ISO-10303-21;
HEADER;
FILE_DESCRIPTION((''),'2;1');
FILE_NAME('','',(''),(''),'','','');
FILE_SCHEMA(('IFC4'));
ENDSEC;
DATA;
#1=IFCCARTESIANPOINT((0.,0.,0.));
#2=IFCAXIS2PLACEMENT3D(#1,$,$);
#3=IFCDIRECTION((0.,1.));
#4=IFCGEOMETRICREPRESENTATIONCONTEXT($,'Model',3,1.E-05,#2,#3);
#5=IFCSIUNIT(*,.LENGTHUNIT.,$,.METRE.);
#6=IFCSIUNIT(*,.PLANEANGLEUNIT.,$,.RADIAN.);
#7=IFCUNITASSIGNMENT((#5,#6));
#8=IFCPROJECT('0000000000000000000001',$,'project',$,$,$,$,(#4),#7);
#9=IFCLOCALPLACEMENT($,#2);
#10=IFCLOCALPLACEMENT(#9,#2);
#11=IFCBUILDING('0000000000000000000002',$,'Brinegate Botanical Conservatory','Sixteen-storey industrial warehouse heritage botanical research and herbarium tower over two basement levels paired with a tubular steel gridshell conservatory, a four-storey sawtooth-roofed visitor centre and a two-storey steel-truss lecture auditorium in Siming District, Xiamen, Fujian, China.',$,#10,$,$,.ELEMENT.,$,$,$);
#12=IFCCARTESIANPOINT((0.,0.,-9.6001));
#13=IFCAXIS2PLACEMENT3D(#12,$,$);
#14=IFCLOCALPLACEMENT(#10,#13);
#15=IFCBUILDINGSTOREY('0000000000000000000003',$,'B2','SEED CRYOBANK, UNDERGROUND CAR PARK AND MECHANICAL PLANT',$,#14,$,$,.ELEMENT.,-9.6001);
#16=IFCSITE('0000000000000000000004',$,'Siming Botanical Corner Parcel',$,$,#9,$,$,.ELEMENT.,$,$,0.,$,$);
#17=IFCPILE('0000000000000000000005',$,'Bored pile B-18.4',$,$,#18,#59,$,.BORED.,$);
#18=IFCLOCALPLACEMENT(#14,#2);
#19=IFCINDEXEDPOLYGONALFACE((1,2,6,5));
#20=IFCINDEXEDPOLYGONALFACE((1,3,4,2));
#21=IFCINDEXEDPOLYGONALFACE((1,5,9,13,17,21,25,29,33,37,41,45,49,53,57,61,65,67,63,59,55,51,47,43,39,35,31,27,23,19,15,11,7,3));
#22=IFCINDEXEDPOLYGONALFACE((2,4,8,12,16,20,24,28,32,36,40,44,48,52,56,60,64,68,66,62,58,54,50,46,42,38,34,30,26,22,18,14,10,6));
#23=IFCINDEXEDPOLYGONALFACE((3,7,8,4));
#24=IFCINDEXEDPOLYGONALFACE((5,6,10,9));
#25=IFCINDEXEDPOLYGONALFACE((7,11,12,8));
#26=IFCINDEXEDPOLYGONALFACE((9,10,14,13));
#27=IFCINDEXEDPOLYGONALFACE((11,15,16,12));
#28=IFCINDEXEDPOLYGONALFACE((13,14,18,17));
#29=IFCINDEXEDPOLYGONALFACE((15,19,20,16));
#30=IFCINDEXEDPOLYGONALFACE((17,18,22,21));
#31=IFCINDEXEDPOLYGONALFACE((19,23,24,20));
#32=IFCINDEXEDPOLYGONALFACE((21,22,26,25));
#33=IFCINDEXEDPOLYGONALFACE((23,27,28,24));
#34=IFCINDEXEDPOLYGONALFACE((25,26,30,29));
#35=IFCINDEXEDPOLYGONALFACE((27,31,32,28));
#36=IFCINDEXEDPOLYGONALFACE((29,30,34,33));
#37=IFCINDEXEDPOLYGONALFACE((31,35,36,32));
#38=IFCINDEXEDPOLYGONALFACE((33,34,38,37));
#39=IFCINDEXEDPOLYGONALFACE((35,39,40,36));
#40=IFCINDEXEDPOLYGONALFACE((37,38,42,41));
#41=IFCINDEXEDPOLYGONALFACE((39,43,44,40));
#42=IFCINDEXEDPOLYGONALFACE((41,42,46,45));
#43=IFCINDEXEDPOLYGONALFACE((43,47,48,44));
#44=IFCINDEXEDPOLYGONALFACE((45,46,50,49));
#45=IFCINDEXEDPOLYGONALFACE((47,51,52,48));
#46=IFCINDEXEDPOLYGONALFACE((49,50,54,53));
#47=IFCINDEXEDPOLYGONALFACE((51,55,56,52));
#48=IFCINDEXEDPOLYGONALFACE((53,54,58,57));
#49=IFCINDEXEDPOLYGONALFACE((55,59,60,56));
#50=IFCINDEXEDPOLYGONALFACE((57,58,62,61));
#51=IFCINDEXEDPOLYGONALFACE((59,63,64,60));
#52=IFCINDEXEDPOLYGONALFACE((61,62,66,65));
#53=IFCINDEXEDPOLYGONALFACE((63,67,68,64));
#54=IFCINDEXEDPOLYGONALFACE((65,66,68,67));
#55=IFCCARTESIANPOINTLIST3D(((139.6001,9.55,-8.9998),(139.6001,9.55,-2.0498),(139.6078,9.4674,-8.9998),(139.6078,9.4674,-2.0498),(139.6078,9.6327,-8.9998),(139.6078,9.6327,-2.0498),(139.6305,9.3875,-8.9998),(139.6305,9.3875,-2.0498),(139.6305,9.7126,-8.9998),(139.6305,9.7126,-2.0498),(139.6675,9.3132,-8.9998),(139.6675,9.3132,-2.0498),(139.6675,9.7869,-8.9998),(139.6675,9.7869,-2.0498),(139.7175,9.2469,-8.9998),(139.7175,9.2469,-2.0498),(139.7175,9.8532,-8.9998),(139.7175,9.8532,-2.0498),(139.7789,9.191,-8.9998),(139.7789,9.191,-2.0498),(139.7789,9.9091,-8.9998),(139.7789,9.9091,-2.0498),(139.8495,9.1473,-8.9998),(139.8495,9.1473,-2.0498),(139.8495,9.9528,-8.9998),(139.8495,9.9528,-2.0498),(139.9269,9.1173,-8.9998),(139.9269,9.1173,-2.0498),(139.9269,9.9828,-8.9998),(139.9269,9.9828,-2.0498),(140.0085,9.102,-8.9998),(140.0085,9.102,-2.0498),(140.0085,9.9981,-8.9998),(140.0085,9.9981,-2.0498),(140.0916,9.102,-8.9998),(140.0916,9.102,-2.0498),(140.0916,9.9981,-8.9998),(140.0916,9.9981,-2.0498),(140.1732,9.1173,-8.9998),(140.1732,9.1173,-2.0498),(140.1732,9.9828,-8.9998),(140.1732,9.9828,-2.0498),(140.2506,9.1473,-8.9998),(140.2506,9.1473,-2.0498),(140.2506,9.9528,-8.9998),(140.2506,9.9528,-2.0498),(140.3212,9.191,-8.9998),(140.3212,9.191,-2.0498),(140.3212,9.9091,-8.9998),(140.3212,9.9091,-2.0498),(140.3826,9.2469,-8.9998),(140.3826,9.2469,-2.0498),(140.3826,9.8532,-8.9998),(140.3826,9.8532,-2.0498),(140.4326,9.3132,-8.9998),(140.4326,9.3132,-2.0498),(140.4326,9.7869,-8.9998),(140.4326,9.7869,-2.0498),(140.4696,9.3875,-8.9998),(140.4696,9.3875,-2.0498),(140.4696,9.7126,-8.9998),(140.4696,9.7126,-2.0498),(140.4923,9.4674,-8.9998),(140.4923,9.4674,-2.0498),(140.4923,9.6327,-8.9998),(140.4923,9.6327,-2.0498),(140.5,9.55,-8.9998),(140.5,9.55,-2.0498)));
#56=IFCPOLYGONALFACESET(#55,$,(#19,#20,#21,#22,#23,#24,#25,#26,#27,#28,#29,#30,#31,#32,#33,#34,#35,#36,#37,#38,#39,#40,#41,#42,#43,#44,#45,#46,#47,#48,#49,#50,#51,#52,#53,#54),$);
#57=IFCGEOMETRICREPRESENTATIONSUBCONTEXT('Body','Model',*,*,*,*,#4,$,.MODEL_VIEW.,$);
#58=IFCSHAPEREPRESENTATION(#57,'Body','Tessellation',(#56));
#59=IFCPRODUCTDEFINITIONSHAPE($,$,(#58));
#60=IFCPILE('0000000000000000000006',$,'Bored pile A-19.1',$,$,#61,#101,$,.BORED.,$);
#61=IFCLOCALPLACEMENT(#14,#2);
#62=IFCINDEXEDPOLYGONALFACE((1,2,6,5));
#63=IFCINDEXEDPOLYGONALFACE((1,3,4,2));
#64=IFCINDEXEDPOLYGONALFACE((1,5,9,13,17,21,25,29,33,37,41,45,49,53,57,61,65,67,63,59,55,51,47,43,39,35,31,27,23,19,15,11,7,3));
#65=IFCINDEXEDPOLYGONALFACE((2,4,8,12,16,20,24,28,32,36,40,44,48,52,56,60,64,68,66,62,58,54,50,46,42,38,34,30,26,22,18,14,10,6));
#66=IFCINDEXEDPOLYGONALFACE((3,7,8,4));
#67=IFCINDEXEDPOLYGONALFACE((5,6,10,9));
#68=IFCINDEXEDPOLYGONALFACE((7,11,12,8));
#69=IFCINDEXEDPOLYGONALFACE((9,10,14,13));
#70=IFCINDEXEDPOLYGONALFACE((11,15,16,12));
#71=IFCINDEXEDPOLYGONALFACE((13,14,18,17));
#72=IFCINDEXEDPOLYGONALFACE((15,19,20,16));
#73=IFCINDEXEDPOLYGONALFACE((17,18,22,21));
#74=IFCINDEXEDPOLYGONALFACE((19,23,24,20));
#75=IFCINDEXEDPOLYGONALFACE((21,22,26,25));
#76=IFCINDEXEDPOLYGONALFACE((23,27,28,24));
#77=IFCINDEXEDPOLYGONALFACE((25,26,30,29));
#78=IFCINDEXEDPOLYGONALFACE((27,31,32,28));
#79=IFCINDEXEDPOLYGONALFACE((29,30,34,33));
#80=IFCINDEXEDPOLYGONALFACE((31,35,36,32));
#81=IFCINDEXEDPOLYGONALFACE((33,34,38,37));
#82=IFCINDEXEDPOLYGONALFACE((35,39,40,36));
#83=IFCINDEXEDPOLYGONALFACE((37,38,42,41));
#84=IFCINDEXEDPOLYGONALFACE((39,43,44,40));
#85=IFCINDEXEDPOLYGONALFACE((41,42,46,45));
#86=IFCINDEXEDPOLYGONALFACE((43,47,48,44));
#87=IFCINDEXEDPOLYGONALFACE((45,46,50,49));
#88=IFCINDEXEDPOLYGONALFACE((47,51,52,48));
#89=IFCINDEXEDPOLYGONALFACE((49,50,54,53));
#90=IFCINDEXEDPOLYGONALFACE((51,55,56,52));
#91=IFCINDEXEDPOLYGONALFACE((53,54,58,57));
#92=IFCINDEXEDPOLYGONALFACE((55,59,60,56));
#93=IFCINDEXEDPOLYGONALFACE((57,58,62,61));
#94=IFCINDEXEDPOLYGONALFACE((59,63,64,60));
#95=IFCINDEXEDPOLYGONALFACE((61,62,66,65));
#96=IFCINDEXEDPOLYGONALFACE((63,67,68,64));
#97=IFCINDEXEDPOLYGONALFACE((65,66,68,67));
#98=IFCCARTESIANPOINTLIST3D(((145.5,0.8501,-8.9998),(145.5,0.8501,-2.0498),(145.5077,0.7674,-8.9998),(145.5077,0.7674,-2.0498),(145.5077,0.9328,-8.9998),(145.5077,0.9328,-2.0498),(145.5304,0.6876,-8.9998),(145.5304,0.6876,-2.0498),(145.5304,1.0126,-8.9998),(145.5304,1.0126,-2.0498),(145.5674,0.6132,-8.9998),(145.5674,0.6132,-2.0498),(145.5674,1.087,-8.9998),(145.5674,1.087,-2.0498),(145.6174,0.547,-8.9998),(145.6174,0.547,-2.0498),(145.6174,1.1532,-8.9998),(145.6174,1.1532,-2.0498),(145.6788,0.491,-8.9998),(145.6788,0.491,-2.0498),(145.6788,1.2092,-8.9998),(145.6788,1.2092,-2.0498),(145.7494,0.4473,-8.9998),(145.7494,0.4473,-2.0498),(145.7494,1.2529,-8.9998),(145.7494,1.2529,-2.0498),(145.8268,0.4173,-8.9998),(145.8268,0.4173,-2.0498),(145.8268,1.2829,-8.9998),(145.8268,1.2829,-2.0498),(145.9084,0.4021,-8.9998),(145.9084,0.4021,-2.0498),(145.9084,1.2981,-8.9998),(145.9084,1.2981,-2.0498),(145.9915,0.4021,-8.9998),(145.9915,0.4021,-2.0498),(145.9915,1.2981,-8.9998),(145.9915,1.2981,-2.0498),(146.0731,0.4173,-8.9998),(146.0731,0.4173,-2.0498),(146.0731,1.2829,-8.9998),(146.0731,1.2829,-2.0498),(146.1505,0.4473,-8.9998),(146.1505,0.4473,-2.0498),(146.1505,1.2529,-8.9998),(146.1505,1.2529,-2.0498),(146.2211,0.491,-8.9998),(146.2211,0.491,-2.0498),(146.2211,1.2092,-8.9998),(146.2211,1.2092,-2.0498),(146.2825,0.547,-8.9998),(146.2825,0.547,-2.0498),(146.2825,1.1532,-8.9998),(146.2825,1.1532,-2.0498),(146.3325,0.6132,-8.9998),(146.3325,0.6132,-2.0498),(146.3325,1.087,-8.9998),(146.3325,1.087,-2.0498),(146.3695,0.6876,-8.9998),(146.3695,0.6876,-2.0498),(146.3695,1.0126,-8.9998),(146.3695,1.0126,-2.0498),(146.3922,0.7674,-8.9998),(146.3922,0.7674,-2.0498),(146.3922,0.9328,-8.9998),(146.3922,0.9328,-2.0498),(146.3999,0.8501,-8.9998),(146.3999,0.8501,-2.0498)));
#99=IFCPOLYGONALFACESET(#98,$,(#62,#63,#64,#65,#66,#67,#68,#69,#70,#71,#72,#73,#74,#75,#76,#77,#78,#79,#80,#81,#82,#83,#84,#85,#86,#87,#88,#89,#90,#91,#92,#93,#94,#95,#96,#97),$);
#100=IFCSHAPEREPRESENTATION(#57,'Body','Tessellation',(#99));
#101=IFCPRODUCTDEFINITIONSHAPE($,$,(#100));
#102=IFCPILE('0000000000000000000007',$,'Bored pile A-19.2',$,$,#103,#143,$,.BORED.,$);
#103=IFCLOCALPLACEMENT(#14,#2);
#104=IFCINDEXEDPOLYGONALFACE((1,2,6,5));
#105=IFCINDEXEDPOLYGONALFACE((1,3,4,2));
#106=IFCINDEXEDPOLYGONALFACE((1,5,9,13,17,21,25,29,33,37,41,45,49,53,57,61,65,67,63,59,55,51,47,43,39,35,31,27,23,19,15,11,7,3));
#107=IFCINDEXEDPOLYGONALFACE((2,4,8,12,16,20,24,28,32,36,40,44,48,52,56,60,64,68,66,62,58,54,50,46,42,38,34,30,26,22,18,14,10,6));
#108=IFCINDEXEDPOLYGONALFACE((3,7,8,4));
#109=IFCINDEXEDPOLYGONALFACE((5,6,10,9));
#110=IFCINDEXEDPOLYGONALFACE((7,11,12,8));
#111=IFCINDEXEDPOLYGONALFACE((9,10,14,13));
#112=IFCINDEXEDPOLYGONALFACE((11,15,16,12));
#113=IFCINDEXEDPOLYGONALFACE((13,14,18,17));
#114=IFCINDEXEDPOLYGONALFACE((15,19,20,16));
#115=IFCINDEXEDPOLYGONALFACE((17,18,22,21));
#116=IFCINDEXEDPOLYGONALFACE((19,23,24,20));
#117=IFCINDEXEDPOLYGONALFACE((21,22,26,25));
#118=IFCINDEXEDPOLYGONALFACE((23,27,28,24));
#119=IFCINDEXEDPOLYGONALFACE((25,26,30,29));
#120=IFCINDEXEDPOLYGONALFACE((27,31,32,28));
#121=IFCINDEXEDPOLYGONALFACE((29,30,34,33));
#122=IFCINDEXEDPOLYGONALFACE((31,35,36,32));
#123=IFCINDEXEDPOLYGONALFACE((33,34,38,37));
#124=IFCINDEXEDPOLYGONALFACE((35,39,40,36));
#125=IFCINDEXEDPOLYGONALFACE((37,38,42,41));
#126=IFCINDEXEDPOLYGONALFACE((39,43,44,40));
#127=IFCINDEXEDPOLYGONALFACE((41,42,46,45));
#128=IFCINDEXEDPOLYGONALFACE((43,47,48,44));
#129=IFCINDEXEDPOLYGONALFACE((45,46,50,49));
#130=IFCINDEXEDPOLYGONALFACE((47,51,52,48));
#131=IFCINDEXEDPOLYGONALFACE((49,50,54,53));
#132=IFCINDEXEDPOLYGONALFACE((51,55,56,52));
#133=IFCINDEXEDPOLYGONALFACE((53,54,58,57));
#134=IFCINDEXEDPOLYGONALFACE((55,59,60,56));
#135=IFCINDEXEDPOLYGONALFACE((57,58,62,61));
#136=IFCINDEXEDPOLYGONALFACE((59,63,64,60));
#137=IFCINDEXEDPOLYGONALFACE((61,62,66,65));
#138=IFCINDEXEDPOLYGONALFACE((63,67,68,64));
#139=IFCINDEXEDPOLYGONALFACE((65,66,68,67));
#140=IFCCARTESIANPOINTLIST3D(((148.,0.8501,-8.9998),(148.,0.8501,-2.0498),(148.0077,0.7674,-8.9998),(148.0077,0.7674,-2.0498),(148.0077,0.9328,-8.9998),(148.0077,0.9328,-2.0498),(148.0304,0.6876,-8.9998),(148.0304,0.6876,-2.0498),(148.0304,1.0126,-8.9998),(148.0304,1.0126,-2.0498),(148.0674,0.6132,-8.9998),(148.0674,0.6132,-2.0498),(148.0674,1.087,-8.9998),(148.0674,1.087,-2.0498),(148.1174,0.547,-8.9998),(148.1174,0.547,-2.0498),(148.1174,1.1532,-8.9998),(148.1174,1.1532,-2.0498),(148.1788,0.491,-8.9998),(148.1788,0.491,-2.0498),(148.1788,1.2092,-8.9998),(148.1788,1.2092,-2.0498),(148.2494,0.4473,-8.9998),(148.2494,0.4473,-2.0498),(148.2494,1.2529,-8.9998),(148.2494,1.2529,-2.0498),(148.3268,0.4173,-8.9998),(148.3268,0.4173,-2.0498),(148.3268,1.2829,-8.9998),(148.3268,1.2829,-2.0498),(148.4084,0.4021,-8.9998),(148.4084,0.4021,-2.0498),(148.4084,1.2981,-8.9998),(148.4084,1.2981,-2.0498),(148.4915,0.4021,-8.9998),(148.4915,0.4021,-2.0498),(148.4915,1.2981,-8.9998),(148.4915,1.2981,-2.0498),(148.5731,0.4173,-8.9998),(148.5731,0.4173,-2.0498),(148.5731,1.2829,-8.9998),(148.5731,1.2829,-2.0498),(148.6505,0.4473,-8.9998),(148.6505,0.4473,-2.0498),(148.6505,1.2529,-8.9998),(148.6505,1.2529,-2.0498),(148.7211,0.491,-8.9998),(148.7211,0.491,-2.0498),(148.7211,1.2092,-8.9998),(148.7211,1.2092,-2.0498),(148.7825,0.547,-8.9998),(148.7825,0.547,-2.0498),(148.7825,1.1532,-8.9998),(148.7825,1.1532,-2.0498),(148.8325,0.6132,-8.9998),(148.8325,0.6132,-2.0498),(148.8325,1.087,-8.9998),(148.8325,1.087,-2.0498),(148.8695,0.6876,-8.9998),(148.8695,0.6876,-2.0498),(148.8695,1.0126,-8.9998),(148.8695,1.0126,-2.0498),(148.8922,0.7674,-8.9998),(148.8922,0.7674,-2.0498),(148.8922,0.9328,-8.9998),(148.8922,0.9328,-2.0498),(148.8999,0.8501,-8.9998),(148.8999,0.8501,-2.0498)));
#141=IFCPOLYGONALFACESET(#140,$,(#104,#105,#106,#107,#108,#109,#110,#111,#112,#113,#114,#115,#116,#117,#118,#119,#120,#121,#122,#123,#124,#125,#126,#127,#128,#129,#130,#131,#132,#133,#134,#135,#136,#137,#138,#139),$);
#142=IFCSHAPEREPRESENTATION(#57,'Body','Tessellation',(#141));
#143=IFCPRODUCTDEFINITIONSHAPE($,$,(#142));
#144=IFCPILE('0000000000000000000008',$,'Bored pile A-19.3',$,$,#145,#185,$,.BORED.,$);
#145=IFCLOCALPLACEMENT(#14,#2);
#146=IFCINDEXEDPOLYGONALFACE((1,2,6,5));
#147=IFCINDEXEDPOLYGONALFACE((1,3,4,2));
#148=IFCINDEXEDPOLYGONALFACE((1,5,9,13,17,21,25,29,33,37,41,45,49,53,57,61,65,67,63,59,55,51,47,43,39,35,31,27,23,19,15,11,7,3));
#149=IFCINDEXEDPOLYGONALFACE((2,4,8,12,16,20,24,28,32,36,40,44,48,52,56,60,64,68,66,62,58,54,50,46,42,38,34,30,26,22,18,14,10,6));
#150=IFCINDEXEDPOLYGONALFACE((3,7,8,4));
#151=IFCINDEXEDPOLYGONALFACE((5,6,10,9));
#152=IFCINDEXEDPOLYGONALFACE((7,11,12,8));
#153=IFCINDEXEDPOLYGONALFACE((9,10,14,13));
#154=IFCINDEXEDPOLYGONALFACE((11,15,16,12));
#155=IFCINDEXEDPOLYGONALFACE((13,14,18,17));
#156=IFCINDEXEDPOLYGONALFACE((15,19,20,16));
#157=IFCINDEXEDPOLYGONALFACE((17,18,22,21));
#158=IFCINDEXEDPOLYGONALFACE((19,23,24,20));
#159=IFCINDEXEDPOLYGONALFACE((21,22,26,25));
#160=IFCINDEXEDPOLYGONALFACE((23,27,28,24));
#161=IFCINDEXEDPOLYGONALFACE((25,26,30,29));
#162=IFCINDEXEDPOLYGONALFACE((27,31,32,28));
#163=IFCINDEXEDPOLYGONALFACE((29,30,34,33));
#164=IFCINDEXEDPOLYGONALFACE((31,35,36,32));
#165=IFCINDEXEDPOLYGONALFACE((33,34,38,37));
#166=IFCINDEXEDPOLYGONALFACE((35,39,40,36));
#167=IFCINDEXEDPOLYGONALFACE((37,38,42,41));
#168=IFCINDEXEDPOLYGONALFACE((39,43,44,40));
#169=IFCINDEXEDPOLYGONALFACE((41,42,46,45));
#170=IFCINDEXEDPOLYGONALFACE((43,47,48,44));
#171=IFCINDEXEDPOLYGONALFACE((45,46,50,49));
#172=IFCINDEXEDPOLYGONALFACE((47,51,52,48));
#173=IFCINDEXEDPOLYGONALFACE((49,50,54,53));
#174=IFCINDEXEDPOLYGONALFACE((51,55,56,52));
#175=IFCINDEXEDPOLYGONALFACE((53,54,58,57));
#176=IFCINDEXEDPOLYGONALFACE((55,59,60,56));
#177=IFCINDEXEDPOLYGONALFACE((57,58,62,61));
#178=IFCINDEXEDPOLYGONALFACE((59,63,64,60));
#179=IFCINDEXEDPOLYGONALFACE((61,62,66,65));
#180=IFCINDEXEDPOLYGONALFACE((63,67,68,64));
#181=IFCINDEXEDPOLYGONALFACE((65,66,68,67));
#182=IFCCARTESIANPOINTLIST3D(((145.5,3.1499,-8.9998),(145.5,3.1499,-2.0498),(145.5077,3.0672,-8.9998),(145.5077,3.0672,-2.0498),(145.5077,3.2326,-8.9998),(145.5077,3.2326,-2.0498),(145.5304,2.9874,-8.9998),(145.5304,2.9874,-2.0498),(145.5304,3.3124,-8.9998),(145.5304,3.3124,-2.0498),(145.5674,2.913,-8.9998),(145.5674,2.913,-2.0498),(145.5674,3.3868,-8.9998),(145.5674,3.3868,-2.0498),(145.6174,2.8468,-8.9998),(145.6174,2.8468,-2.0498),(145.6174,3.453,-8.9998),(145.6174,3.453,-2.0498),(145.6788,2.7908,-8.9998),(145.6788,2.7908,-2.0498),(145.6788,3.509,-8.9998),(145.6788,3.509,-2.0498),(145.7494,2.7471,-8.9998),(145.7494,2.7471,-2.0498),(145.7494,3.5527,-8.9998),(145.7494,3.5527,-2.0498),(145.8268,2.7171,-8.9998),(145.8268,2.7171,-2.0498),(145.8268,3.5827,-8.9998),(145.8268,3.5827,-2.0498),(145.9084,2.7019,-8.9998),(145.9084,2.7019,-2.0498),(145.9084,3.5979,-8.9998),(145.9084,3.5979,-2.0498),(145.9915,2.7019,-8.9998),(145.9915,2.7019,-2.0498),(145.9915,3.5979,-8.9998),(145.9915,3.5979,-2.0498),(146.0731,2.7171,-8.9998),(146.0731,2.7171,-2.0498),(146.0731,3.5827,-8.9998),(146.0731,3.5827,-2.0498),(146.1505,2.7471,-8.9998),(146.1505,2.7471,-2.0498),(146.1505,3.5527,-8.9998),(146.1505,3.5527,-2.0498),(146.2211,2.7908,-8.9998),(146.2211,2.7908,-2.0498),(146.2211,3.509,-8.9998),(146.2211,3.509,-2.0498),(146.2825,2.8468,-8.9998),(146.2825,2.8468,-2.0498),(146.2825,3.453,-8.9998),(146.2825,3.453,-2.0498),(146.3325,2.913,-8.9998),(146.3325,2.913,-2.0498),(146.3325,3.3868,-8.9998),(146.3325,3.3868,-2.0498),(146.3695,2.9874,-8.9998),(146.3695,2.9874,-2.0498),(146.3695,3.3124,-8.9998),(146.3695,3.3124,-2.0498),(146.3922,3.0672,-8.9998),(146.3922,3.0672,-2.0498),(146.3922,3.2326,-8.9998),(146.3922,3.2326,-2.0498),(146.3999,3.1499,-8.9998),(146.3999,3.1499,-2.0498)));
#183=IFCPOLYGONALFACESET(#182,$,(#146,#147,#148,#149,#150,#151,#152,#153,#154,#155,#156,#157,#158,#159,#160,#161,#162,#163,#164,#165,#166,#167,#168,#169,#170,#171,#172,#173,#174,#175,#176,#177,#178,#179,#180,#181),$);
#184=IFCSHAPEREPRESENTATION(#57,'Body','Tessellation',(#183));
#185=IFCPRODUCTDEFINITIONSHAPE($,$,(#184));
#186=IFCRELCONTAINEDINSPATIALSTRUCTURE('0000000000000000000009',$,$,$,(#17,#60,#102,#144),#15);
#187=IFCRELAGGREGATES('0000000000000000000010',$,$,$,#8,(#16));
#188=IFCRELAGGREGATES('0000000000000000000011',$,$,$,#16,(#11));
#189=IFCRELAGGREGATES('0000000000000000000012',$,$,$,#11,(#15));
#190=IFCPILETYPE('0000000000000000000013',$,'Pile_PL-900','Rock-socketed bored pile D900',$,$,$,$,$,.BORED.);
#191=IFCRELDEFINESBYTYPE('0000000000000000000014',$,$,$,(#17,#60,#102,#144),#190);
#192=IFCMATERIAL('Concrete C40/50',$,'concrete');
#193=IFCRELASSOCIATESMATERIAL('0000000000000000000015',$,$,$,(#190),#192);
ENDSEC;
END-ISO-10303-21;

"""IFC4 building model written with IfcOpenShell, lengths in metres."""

from ifc_helpers import new_model, si_unit, direction, frame, origin, origin_2d, place, context, subcontext, project, spatial, circle, extrude, material, material_profile, profile_set, type_object, element, save


model = new_model("IFC4")

# Units and contexts
model_context = context("Model", 3, precision=1e-05, world=origin(), true_north=direction((0.0, 1.0)))
body_context = subcontext(model_context, "Body", "Model", "MODEL_VIEW")
ifc_project = project(units=[si_unit("LENGTHUNIT", "METRE"), si_unit("PLANEANGLEUNIT", "RADIAN")], contexts=[model_context])

# Site, building, storey
site_placement = place(None, origin())
site = spatial("IfcSite", under=ifc_project, at=site_placement, Name="Siming Botanical Corner Parcel", CompositionType="ELEMENT", RefElevation=0.0)
building_placement = place(site_placement, origin())
building = spatial("IfcBuilding", under=site, at=building_placement, Name="Brinegate Botanical Conservatory", Description="Sixteen-storey industrial warehouse heritage botanical research and herbarium tower over two basement levels paired with a tubular steel gridshell conservatory, a four-storey sawtooth-roofed visitor centre and a two-storey steel-truss lecture auditorium in Siming District, Xiamen, Fujian, China.", CompositionType="ELEMENT")
storey_placement = place(building_placement, frame((0.0, 0.0, -9.6001)))
storey = spatial("IfcBuildingStorey", under=building, at=storey_placement, Name="B2", Description="SEED CRYOBANK, UNDERGROUND CAR PARK AND MECHANICAL PLANT", CompositionType="ELEMENT", Elevation=-9.6001)

# Shared definitions
ifc_material_1 = material(Name="Concrete C40/50", Category="concrete")

# Piles
ifc_material_profile_1 = material_profile(ifc_material_1, circle(Radius=0.45, at=origin_2d()), Name="PILE D900")
ifc_profile_set_1 = profile_set([ifc_material_profile_1], Name="Concrete C40/50")
pile_type = type_object("IfcPileType", Name="Pile_PL-900", Description="Rock-socketed bored pile D900", PredefinedType="BORED", material=ifc_profile_set_1)
for number, where, z_axis, x_axis, name in (
    (1, (140.05, 9.55, -2.0498), (0.0, 0.0, -1.0), (1.0, 0.0, 0.0), "Bored pile B-18.4"),
    (2, (145.95, 0.8501, -2.0498), (0.0, 0.0, -1.0), (1.0, 0.0, 0.0), "Bored pile A-19.1"),
    (3, (148.45, 0.8501, -2.0498), (0.0, 0.0, -1.0), (1.0, 0.0, 0.0), "Bored pile A-19.2"),
    (4, (145.95, 3.1499, -2.0498), (0.0, 0.0, -1.0), (1.0, 0.0, 0.0), "Bored pile A-19.3"),
):
    element("IfcPile", number, at=place(storey_placement, frame(where, z_axis=z_axis, x_axis=x_axis)), inside=storey, type_object=pile_type, Name=name, PredefinedType="BORED", context=body_context, shape_type="SweptSolid", body=[
        extrude(circle(Radius=0.45, at=origin_2d()), origin(), (0.0, 0.0, 1.0), 6.95),
    ])

save(model, "model.ifc")
